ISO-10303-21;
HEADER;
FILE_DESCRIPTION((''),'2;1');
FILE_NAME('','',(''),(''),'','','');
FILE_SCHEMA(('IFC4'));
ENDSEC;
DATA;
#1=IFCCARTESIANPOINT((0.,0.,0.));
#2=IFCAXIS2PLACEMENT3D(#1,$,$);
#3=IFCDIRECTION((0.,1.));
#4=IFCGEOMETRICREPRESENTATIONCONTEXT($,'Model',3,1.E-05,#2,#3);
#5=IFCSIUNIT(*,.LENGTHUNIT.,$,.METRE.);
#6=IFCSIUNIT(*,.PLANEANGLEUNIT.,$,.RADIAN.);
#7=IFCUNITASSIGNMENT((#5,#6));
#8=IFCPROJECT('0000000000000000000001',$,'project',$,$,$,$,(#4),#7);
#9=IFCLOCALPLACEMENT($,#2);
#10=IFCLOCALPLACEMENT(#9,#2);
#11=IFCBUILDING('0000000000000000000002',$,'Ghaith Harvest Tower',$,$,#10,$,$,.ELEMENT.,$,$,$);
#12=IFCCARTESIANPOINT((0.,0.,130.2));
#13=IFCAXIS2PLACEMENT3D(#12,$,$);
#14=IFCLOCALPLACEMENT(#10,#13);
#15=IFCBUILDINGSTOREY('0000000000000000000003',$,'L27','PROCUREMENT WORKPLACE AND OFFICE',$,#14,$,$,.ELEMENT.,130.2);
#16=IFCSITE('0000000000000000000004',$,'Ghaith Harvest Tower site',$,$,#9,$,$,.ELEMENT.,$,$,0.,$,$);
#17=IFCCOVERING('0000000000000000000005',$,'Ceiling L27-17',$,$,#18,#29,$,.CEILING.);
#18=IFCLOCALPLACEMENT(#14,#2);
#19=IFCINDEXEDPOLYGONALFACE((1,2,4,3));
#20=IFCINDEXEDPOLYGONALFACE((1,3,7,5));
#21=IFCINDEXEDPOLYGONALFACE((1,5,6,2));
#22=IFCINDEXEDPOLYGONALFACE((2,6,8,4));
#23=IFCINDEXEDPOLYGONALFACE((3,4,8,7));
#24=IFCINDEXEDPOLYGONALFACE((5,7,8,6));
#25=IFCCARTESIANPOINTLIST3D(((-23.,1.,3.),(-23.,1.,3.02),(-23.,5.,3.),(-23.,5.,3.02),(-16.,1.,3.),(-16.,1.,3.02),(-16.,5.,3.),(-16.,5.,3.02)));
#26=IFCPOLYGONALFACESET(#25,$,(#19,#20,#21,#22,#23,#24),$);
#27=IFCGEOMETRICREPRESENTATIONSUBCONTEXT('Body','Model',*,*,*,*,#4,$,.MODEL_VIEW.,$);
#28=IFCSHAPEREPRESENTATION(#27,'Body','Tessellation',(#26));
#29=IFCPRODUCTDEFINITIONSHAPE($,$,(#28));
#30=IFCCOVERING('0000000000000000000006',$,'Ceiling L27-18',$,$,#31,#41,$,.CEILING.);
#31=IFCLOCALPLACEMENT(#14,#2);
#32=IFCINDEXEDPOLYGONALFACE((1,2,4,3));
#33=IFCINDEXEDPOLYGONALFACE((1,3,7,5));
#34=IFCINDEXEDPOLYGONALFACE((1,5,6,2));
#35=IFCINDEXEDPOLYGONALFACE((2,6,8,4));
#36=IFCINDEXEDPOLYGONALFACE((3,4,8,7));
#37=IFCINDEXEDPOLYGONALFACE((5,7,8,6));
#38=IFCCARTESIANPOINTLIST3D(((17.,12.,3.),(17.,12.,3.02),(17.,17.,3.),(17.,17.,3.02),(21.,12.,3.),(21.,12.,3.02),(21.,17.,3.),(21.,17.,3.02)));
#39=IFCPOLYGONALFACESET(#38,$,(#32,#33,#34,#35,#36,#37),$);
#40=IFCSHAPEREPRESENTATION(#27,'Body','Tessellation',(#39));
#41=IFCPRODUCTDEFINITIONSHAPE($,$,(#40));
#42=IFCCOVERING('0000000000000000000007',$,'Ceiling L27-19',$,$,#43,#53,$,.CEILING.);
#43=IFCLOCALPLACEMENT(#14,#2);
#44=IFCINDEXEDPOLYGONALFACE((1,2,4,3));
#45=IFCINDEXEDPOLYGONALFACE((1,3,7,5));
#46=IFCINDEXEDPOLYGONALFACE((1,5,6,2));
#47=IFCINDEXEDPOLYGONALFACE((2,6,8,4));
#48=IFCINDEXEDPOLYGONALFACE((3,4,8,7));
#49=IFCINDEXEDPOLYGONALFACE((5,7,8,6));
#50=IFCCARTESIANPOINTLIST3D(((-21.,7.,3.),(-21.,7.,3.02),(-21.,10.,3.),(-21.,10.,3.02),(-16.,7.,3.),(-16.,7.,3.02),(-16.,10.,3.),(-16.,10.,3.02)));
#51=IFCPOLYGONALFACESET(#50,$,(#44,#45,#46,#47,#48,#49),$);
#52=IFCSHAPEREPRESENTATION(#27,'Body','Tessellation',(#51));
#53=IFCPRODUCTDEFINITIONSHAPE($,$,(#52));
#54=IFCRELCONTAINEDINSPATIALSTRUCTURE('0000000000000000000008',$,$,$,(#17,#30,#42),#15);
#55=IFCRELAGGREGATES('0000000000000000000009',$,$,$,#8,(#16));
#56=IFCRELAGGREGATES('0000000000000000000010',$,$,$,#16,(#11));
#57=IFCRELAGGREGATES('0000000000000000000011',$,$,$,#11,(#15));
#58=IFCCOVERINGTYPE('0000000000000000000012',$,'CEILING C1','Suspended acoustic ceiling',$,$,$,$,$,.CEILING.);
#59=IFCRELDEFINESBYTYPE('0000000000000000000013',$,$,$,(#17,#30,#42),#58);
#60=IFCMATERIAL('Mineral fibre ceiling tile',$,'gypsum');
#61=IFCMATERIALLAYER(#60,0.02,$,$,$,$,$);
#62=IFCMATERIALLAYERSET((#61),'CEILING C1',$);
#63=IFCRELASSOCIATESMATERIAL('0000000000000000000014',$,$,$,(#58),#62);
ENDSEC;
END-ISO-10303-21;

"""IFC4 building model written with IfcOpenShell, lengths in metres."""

from ifc_helpers import new_model, si_unit, direction, frame, origin, place, context, subcontext, project, spatial, polyline, outline, extrude, material, layer, layer_set, type_object, element, save


model = new_model("IFC4")

# Units and contexts
model_context = context("Model", 3, precision=1e-05, world=origin(), true_north=direction((0.0, 1.0)))
body_context = subcontext(model_context, "Body", "Model", "MODEL_VIEW")
ifc_project = project(units=[si_unit("LENGTHUNIT", "METRE"), si_unit("PLANEANGLEUNIT", "RADIAN")], contexts=[model_context])

# Site, building, storey
site_placement = place(None, origin())
site = spatial("IfcSite", under=ifc_project, at=site_placement, Name="Ghaith Harvest Tower site", CompositionType="ELEMENT", RefElevation=0.0)
building_placement = place(site_placement, origin())
building = spatial("IfcBuilding", under=site, at=building_placement, Name="Ghaith Harvest Tower", CompositionType="ELEMENT")
storey_placement = place(building_placement, frame((0.0, 0.0, 130.2)))
storey = spatial("IfcBuildingStorey", under=building, at=storey_placement, Name="L27", Description="PROCUREMENT WORKPLACE AND OFFICE", CompositionType="ELEMENT", Elevation=130.2)

# Coverings
ifc_material_1 = material(Name="Mineral fibre ceiling tile", Category="gypsum")
ifc_layer_1 = layer(ifc_material_1, 0.02)
ifc_layer_set_1 = layer_set([ifc_layer_1], Name="CEILING C1")
covering_type = type_object("IfcCoveringType", Name="CEILING C1", Description="Suspended acoustic ceiling", PredefinedType="CEILING", material=ifc_layer_set_1)
covering_1_placement = place(storey_placement, frame((0.0, 0.0, 3.0)))
element("IfcCovering", 1, at=covering_1_placement, inside=storey, type_object=covering_type, Name="Ceiling L27-17", PredefinedType="CEILING", context=body_context, shape_type="SweptSolid", body=[
    extrude(outline(polyline([(-23.0, 1.0), (-16.0, 1.0), (-16.0, 5.0), (-23.0, 5.0), (-23.0, 1.0)])), origin(), (0.0, 0.0, 1.0), 0.02),
])
covering_2_placement = place(storey_placement, frame((0.0, 0.0, 3.0)))
element("IfcCovering", 2, at=covering_2_placement, inside=storey, type_object=covering_type, Name="Ceiling L27-18", PredefinedType="CEILING", context=body_context, shape_type="SweptSolid", body=[
    extrude(outline(polyline([(17.0, 12.0), (21.0, 12.0), (21.0, 17.0), (17.0, 17.0), (17.0, 12.0)])), origin(), (0.0, 0.0, 1.0), 0.02),
])
covering_3_placement = place(storey_placement, frame((0.0, 0.0, 3.0)))
element("IfcCovering", 3, at=covering_3_placement, inside=storey, type_object=covering_type, Name="Ceiling L27-19", PredefinedType="CEILING", context=body_context, shape_type="SweptSolid", body=[
    extrude(outline(polyline([(-21.0, 7.0), (-16.0, 7.0), (-16.0, 10.0), (-21.0, 10.0), (-21.0, 7.0)])), origin(), (0.0, 0.0, 1.0), 0.02),
])

save(model, "model.ifc")
